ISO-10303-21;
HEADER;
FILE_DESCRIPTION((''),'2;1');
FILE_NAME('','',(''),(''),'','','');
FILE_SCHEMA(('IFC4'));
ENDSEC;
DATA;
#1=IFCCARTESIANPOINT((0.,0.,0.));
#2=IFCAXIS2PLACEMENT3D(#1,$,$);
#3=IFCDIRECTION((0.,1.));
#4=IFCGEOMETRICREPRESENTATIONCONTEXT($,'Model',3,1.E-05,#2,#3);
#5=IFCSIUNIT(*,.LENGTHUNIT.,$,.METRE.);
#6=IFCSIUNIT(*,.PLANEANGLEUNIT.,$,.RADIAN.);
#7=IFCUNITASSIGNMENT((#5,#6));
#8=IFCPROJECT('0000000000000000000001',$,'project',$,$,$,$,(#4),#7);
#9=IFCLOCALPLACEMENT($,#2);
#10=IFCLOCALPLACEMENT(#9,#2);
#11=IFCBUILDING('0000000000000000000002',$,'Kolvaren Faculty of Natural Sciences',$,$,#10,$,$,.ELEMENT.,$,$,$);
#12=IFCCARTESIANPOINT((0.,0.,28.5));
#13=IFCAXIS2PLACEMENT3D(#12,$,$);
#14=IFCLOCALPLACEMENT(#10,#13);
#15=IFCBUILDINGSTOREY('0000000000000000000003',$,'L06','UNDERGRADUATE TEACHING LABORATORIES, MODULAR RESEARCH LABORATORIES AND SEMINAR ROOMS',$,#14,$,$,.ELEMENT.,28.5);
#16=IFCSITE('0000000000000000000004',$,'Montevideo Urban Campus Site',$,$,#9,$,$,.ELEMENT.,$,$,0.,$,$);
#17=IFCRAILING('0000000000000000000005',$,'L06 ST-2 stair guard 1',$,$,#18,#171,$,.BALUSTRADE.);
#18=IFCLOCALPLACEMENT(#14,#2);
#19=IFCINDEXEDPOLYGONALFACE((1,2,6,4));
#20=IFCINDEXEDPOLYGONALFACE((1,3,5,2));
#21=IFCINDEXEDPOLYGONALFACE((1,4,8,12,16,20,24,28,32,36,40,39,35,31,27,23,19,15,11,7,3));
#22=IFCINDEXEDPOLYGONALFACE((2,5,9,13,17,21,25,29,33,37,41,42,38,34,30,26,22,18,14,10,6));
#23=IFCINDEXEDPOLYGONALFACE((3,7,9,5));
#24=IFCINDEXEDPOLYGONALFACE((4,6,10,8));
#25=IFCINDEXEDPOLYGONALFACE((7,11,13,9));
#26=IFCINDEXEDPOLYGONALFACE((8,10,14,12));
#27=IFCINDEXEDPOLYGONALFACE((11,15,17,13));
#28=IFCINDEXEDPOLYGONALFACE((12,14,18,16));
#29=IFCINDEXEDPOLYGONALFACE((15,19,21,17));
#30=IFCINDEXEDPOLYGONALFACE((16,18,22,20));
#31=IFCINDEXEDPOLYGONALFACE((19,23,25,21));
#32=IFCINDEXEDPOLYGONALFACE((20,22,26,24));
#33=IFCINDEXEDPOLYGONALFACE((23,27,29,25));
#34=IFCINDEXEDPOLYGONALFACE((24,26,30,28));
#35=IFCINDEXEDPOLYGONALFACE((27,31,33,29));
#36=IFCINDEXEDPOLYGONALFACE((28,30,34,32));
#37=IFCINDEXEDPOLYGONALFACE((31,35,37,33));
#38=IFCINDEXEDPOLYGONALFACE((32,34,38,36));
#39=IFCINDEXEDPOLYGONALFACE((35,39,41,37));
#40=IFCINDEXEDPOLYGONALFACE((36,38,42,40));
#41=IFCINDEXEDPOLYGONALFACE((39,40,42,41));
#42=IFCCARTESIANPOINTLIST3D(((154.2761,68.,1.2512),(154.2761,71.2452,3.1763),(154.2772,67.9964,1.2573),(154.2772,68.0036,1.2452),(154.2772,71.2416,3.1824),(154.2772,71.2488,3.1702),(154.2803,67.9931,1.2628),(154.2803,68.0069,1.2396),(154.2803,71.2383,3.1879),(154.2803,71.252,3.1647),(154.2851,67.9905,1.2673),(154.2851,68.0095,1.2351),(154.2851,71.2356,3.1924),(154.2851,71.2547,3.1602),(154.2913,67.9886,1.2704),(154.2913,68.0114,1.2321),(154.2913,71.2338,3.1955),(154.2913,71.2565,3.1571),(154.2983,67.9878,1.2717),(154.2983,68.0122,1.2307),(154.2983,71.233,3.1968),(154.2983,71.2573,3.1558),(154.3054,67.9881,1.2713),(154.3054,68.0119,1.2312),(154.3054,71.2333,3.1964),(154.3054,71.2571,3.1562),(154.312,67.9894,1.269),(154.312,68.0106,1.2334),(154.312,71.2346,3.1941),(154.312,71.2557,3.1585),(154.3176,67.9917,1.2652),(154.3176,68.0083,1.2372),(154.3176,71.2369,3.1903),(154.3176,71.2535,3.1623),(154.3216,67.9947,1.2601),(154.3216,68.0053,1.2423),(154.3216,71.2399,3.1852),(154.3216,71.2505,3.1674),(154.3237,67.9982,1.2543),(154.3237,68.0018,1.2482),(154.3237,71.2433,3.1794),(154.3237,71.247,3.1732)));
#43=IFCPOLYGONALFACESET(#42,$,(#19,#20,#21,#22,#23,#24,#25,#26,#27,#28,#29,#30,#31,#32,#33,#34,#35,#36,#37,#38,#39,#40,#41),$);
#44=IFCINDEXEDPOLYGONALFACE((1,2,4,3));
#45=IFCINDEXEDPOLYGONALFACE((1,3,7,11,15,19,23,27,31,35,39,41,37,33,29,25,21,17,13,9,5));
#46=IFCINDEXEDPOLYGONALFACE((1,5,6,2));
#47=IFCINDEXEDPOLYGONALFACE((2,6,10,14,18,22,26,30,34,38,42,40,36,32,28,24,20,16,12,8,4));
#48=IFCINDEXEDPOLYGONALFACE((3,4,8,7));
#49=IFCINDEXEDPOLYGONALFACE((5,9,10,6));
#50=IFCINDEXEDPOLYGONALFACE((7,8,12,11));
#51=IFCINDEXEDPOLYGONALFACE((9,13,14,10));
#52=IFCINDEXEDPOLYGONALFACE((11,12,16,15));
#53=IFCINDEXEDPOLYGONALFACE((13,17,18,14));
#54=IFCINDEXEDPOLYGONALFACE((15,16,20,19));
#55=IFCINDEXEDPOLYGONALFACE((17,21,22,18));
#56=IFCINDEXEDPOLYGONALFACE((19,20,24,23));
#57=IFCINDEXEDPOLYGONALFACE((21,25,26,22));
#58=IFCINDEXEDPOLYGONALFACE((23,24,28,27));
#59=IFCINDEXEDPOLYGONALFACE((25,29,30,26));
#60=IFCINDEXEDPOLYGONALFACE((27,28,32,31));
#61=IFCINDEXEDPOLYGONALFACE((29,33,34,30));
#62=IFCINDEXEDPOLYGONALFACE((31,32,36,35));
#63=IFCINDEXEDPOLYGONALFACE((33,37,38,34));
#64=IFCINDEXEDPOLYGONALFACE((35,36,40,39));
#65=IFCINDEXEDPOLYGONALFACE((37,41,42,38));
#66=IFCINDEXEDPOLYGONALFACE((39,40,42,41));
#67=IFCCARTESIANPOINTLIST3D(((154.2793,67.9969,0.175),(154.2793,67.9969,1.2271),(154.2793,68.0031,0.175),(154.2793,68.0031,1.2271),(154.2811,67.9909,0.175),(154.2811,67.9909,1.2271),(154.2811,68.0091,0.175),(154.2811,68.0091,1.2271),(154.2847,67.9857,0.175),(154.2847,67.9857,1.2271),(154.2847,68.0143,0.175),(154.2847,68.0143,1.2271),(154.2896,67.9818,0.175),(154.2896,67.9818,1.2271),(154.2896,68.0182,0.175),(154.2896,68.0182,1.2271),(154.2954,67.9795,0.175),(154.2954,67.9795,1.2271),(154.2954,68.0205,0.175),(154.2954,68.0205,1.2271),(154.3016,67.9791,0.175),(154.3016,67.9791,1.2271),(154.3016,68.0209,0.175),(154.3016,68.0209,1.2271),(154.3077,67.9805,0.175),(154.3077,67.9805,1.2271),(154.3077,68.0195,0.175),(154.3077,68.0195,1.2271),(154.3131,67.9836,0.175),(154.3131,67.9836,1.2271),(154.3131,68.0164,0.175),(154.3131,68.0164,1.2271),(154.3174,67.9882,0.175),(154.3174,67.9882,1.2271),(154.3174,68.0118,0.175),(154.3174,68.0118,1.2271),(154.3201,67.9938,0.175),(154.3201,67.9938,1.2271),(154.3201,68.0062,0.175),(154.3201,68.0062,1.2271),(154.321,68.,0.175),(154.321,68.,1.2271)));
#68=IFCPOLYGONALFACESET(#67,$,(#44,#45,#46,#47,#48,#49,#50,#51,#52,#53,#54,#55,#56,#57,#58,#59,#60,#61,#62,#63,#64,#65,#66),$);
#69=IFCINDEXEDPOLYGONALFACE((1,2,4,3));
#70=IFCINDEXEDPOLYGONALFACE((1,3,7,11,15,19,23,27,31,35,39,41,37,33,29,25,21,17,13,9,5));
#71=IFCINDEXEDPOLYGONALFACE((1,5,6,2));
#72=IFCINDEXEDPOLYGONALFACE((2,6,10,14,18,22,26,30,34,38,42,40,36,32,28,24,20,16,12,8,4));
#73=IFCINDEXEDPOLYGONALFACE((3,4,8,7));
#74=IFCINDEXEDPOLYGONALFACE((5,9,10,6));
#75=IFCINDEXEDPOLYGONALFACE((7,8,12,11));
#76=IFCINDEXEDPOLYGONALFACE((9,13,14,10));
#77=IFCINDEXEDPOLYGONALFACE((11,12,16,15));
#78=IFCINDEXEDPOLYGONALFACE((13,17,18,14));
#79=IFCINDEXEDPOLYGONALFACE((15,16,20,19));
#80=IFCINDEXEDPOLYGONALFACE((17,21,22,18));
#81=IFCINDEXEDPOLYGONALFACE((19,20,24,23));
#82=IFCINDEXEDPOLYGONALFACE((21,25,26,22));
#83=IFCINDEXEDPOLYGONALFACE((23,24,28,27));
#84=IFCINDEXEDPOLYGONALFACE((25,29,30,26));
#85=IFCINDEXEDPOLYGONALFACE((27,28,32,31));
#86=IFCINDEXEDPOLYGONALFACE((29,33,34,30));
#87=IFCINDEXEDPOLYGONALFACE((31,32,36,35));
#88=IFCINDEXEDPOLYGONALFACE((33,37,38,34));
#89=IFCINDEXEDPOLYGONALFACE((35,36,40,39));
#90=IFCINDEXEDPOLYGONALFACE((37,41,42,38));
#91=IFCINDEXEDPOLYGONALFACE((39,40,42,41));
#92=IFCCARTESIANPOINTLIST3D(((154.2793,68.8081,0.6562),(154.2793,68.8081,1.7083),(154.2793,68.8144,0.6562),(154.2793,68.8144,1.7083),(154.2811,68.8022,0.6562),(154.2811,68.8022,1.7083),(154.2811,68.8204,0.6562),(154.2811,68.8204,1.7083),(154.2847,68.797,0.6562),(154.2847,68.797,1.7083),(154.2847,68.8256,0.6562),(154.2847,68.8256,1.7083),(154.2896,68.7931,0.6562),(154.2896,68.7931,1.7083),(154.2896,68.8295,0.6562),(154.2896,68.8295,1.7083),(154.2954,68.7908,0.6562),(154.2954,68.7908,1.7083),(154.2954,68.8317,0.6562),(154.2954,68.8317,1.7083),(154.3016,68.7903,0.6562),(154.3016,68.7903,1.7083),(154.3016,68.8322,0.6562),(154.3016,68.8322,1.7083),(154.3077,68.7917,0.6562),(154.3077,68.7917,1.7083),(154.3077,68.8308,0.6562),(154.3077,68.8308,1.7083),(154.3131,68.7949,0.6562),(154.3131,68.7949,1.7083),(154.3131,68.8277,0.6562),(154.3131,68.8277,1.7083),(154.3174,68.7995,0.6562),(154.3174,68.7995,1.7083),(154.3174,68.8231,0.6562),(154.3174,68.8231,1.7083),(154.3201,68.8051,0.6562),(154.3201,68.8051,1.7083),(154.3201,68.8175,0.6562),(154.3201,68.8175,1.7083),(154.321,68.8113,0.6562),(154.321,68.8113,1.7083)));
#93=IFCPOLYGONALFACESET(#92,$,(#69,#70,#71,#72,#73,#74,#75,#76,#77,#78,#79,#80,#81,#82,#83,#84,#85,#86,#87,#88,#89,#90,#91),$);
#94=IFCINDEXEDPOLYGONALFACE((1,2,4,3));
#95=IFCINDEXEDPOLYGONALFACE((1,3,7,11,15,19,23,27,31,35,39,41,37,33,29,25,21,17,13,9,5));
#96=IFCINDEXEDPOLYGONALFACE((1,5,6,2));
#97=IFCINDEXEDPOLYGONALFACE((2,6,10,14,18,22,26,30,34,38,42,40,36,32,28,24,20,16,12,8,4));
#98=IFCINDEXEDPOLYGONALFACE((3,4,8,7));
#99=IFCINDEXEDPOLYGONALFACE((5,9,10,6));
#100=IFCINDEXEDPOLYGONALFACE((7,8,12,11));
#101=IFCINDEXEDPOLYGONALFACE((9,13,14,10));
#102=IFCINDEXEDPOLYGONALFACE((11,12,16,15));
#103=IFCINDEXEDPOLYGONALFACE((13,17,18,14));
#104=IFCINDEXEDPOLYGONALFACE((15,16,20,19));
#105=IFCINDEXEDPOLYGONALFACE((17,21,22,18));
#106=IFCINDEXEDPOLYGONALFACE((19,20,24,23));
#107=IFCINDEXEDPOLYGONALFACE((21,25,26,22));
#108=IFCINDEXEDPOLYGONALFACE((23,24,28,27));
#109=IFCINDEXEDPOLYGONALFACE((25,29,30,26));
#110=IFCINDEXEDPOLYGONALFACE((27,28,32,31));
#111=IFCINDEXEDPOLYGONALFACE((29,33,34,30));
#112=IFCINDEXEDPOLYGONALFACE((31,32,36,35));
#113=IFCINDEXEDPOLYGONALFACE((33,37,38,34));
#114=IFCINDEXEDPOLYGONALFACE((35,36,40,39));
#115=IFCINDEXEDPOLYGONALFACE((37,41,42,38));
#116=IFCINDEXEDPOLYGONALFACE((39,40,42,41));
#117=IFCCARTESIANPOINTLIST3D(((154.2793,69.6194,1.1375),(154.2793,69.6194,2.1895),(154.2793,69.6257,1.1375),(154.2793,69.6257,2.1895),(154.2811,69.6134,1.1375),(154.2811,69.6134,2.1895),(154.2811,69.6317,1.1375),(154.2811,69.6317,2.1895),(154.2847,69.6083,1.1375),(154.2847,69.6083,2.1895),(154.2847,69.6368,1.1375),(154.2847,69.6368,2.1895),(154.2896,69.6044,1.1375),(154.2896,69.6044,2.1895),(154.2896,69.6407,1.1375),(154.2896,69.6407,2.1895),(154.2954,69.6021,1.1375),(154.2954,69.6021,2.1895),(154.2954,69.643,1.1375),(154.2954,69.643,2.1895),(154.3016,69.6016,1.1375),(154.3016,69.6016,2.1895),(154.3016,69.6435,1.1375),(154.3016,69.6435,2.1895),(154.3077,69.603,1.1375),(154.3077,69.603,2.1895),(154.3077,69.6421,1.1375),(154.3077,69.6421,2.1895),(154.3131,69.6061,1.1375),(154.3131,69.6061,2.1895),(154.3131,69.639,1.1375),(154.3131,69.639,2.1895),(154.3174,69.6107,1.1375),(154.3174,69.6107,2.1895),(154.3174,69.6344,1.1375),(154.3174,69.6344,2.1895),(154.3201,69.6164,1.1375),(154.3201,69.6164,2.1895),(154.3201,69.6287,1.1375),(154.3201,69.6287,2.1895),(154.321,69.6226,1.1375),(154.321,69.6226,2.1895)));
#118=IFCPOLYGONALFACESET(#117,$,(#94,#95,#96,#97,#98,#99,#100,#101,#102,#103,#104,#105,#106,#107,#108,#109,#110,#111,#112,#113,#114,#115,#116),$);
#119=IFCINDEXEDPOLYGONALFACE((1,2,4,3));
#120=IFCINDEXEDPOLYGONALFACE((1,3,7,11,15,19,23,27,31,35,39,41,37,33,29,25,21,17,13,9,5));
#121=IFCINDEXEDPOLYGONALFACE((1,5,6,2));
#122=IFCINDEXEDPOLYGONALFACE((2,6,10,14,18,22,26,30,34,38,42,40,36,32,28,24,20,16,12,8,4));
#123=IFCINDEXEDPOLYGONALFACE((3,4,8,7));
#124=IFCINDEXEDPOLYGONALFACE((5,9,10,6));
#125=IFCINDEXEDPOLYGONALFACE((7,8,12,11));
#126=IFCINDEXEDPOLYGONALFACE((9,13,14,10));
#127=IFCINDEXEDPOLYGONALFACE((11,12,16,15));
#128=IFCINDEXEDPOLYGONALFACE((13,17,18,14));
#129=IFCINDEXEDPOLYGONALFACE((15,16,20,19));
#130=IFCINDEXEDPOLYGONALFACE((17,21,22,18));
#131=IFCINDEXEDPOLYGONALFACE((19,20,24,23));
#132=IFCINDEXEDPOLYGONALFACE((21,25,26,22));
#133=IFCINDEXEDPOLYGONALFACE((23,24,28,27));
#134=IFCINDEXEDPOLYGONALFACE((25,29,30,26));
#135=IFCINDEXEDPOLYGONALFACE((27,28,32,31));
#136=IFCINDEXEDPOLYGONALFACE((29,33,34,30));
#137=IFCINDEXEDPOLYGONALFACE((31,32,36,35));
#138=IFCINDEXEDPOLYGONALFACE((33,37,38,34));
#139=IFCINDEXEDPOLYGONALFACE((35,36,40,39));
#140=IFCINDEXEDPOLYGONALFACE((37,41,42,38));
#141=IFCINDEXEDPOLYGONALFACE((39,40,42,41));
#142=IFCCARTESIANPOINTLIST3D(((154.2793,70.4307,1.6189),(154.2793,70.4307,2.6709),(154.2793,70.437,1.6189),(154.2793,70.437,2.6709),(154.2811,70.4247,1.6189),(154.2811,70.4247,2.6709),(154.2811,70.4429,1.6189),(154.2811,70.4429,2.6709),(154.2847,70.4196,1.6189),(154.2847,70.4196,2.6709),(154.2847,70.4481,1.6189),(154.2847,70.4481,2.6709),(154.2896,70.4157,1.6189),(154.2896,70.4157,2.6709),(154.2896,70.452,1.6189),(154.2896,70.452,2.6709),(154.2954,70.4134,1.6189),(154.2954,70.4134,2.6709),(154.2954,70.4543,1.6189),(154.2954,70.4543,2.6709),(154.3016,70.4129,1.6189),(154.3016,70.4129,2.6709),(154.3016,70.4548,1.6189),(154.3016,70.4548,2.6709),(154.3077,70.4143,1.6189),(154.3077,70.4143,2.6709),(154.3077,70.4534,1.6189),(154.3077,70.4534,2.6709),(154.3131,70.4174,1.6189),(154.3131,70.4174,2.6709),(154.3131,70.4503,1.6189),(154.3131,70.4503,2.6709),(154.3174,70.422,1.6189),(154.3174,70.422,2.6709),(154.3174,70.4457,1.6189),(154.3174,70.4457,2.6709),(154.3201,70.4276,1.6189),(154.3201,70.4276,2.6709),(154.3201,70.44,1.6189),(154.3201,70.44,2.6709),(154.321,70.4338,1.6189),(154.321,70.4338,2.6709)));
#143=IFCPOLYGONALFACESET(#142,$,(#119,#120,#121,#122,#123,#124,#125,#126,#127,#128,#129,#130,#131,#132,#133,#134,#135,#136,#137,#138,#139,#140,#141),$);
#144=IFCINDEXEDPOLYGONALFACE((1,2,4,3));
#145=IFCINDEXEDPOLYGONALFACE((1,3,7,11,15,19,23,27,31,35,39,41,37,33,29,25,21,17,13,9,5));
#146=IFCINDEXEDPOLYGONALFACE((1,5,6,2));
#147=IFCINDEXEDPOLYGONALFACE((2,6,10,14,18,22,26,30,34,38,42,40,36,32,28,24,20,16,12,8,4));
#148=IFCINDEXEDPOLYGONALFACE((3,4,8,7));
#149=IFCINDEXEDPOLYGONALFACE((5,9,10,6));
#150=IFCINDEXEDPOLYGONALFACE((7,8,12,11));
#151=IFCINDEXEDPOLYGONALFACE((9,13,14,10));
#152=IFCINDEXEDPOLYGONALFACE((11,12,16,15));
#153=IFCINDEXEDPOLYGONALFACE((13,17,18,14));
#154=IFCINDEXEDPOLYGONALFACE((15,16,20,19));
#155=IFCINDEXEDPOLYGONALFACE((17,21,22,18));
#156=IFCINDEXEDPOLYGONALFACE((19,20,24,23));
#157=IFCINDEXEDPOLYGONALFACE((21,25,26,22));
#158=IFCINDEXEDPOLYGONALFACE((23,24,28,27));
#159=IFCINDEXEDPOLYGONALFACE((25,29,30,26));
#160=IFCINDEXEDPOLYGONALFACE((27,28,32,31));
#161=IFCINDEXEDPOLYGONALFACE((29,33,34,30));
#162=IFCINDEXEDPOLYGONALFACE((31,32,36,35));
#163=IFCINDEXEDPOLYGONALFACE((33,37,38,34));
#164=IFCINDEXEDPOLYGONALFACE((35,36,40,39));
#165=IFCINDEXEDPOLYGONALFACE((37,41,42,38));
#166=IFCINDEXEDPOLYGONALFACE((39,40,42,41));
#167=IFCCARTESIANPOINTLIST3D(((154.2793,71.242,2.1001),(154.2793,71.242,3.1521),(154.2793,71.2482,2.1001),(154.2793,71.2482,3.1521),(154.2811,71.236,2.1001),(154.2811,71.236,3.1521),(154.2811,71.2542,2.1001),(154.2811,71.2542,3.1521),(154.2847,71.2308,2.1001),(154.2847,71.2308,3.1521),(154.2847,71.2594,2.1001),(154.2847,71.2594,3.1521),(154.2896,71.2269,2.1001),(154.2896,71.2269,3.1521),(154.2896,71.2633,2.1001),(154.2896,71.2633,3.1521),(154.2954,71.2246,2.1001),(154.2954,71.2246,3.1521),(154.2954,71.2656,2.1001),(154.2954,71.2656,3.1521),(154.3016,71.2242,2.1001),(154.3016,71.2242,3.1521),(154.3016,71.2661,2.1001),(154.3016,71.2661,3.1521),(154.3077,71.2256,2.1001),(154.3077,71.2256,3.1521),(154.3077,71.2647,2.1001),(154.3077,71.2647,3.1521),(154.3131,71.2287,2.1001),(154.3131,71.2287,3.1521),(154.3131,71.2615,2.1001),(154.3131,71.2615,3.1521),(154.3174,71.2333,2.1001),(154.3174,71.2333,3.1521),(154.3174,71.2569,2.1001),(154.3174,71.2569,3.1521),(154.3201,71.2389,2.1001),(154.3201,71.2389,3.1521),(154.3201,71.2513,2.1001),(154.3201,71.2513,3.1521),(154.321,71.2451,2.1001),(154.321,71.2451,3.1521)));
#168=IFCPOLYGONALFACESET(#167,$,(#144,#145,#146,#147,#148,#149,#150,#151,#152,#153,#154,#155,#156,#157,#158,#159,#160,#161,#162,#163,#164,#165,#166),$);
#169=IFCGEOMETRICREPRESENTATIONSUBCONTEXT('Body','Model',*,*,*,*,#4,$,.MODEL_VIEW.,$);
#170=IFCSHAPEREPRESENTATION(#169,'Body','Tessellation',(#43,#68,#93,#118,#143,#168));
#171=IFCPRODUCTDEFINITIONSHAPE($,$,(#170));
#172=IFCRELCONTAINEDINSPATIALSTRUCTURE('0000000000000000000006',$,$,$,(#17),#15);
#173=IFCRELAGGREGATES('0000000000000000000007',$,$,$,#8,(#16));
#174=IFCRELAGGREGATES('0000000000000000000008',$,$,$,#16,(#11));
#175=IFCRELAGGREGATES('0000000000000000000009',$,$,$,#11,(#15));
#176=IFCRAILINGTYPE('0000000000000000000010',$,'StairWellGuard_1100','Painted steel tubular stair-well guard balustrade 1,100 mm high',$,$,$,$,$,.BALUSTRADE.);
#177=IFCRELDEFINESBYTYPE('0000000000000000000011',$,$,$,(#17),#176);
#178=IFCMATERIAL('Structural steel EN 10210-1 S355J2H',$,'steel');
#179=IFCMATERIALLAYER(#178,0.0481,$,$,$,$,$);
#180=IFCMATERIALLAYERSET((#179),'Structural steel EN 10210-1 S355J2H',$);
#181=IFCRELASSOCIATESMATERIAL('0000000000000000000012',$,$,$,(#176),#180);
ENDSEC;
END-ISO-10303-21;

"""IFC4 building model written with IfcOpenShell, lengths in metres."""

from ifc_helpers import new_model, si_unit, direction, frame, origin, origin_2d, place, context, subcontext, project, spatial, circle, extrude, material, layer, layer_set, type_object, element, save


model = new_model("IFC4")

# Units and contexts
model_context = context("Model", 3, precision=1e-05, world=origin(), true_north=direction((0.0, 1.0)))
body_context = subcontext(model_context, "Body", "Model", "MODEL_VIEW")
ifc_project = project(units=[si_unit("LENGTHUNIT", "METRE"), si_unit("PLANEANGLEUNIT", "RADIAN")], contexts=[model_context])

# Site, building, storey
site_placement = place(None, origin())
site = spatial("IfcSite", under=ifc_project, at=site_placement, Name="Montevideo Urban Campus Site", CompositionType="ELEMENT", RefElevation=0.0)
building_placement = place(site_placement, origin())
building = spatial("IfcBuilding", under=site, at=building_placement, Name="Kolvaren Faculty of Natural Sciences", CompositionType="ELEMENT")
storey_placement = place(building_placement, frame((0.0, 0.0, 28.5)))
storey = spatial("IfcBuildingStorey", under=building, at=storey_placement, Name="L06", Description="UNDERGRADUATE TEACHING LABORATORIES, MODULAR RESEARCH LABORATORIES AND SEMINAR ROOMS", CompositionType="ELEMENT", Elevation=28.5)

# Railing
ifc_material_1 = material(Name="Structural steel EN 10210-1 S355J2H", Category="steel")
ifc_layer_1 = layer(ifc_material_1, 0.0481)
ifc_layer_set_1 = layer_set([ifc_layer_1], Name="Structural steel EN 10210-1 S355J2H")
railing_type_1 = type_object("IfcRailingType", Name="StairWellGuard_1100", Description="Painted steel tubular stair-well guard balustrade 1,100 mm high", PredefinedType="BALUSTRADE", material=ifc_layer_set_1)
railing_1_placement = place(storey_placement, frame((154.3, 68.0, 0.175)))
element("IfcRailing", 1, at=railing_1_placement, inside=storey, type_object=railing_type_1, Name="L06 ST-2 stair guard 1", PredefinedType="BALUSTRADE", context=body_context, shape_type="SweptSolid", body=[
    extrude(circle(Radius=0.0239, at=origin_2d()), frame((0.0, 0.0, 1.0762), z_axis=(0.0, 0.860057, 0.510198), x_axis=(-1.0, 0.0, 0.0)), (0.0, 0.0, 1.0), 3.7732),
    extrude(circle(Radius=0.021, at=origin_2d()), origin(), (0.0, 0.0, 1.0), 1.052),
    extrude(circle(Radius=0.021, at=origin_2d()), frame((0.0, 0.8113, 0.4812)), (0.0, 0.0, 1.0), 1.052),
    extrude(circle(Radius=0.021, at=origin_2d()), frame((0.0, 1.6226, 0.9624)), (0.0, 0.0, 1.0), 1.052),
    extrude(circle(Radius=0.021, at=origin_2d()), frame((0.0, 2.4338, 1.4438)), (0.0, 0.0, 1.0), 1.052),
    extrude(circle(Radius=0.021, at=origin_2d()), frame((0.0, 3.2451, 1.925)), (0.0, 0.0, 1.0), 1.052),
])

save(model, "model.ifc")
